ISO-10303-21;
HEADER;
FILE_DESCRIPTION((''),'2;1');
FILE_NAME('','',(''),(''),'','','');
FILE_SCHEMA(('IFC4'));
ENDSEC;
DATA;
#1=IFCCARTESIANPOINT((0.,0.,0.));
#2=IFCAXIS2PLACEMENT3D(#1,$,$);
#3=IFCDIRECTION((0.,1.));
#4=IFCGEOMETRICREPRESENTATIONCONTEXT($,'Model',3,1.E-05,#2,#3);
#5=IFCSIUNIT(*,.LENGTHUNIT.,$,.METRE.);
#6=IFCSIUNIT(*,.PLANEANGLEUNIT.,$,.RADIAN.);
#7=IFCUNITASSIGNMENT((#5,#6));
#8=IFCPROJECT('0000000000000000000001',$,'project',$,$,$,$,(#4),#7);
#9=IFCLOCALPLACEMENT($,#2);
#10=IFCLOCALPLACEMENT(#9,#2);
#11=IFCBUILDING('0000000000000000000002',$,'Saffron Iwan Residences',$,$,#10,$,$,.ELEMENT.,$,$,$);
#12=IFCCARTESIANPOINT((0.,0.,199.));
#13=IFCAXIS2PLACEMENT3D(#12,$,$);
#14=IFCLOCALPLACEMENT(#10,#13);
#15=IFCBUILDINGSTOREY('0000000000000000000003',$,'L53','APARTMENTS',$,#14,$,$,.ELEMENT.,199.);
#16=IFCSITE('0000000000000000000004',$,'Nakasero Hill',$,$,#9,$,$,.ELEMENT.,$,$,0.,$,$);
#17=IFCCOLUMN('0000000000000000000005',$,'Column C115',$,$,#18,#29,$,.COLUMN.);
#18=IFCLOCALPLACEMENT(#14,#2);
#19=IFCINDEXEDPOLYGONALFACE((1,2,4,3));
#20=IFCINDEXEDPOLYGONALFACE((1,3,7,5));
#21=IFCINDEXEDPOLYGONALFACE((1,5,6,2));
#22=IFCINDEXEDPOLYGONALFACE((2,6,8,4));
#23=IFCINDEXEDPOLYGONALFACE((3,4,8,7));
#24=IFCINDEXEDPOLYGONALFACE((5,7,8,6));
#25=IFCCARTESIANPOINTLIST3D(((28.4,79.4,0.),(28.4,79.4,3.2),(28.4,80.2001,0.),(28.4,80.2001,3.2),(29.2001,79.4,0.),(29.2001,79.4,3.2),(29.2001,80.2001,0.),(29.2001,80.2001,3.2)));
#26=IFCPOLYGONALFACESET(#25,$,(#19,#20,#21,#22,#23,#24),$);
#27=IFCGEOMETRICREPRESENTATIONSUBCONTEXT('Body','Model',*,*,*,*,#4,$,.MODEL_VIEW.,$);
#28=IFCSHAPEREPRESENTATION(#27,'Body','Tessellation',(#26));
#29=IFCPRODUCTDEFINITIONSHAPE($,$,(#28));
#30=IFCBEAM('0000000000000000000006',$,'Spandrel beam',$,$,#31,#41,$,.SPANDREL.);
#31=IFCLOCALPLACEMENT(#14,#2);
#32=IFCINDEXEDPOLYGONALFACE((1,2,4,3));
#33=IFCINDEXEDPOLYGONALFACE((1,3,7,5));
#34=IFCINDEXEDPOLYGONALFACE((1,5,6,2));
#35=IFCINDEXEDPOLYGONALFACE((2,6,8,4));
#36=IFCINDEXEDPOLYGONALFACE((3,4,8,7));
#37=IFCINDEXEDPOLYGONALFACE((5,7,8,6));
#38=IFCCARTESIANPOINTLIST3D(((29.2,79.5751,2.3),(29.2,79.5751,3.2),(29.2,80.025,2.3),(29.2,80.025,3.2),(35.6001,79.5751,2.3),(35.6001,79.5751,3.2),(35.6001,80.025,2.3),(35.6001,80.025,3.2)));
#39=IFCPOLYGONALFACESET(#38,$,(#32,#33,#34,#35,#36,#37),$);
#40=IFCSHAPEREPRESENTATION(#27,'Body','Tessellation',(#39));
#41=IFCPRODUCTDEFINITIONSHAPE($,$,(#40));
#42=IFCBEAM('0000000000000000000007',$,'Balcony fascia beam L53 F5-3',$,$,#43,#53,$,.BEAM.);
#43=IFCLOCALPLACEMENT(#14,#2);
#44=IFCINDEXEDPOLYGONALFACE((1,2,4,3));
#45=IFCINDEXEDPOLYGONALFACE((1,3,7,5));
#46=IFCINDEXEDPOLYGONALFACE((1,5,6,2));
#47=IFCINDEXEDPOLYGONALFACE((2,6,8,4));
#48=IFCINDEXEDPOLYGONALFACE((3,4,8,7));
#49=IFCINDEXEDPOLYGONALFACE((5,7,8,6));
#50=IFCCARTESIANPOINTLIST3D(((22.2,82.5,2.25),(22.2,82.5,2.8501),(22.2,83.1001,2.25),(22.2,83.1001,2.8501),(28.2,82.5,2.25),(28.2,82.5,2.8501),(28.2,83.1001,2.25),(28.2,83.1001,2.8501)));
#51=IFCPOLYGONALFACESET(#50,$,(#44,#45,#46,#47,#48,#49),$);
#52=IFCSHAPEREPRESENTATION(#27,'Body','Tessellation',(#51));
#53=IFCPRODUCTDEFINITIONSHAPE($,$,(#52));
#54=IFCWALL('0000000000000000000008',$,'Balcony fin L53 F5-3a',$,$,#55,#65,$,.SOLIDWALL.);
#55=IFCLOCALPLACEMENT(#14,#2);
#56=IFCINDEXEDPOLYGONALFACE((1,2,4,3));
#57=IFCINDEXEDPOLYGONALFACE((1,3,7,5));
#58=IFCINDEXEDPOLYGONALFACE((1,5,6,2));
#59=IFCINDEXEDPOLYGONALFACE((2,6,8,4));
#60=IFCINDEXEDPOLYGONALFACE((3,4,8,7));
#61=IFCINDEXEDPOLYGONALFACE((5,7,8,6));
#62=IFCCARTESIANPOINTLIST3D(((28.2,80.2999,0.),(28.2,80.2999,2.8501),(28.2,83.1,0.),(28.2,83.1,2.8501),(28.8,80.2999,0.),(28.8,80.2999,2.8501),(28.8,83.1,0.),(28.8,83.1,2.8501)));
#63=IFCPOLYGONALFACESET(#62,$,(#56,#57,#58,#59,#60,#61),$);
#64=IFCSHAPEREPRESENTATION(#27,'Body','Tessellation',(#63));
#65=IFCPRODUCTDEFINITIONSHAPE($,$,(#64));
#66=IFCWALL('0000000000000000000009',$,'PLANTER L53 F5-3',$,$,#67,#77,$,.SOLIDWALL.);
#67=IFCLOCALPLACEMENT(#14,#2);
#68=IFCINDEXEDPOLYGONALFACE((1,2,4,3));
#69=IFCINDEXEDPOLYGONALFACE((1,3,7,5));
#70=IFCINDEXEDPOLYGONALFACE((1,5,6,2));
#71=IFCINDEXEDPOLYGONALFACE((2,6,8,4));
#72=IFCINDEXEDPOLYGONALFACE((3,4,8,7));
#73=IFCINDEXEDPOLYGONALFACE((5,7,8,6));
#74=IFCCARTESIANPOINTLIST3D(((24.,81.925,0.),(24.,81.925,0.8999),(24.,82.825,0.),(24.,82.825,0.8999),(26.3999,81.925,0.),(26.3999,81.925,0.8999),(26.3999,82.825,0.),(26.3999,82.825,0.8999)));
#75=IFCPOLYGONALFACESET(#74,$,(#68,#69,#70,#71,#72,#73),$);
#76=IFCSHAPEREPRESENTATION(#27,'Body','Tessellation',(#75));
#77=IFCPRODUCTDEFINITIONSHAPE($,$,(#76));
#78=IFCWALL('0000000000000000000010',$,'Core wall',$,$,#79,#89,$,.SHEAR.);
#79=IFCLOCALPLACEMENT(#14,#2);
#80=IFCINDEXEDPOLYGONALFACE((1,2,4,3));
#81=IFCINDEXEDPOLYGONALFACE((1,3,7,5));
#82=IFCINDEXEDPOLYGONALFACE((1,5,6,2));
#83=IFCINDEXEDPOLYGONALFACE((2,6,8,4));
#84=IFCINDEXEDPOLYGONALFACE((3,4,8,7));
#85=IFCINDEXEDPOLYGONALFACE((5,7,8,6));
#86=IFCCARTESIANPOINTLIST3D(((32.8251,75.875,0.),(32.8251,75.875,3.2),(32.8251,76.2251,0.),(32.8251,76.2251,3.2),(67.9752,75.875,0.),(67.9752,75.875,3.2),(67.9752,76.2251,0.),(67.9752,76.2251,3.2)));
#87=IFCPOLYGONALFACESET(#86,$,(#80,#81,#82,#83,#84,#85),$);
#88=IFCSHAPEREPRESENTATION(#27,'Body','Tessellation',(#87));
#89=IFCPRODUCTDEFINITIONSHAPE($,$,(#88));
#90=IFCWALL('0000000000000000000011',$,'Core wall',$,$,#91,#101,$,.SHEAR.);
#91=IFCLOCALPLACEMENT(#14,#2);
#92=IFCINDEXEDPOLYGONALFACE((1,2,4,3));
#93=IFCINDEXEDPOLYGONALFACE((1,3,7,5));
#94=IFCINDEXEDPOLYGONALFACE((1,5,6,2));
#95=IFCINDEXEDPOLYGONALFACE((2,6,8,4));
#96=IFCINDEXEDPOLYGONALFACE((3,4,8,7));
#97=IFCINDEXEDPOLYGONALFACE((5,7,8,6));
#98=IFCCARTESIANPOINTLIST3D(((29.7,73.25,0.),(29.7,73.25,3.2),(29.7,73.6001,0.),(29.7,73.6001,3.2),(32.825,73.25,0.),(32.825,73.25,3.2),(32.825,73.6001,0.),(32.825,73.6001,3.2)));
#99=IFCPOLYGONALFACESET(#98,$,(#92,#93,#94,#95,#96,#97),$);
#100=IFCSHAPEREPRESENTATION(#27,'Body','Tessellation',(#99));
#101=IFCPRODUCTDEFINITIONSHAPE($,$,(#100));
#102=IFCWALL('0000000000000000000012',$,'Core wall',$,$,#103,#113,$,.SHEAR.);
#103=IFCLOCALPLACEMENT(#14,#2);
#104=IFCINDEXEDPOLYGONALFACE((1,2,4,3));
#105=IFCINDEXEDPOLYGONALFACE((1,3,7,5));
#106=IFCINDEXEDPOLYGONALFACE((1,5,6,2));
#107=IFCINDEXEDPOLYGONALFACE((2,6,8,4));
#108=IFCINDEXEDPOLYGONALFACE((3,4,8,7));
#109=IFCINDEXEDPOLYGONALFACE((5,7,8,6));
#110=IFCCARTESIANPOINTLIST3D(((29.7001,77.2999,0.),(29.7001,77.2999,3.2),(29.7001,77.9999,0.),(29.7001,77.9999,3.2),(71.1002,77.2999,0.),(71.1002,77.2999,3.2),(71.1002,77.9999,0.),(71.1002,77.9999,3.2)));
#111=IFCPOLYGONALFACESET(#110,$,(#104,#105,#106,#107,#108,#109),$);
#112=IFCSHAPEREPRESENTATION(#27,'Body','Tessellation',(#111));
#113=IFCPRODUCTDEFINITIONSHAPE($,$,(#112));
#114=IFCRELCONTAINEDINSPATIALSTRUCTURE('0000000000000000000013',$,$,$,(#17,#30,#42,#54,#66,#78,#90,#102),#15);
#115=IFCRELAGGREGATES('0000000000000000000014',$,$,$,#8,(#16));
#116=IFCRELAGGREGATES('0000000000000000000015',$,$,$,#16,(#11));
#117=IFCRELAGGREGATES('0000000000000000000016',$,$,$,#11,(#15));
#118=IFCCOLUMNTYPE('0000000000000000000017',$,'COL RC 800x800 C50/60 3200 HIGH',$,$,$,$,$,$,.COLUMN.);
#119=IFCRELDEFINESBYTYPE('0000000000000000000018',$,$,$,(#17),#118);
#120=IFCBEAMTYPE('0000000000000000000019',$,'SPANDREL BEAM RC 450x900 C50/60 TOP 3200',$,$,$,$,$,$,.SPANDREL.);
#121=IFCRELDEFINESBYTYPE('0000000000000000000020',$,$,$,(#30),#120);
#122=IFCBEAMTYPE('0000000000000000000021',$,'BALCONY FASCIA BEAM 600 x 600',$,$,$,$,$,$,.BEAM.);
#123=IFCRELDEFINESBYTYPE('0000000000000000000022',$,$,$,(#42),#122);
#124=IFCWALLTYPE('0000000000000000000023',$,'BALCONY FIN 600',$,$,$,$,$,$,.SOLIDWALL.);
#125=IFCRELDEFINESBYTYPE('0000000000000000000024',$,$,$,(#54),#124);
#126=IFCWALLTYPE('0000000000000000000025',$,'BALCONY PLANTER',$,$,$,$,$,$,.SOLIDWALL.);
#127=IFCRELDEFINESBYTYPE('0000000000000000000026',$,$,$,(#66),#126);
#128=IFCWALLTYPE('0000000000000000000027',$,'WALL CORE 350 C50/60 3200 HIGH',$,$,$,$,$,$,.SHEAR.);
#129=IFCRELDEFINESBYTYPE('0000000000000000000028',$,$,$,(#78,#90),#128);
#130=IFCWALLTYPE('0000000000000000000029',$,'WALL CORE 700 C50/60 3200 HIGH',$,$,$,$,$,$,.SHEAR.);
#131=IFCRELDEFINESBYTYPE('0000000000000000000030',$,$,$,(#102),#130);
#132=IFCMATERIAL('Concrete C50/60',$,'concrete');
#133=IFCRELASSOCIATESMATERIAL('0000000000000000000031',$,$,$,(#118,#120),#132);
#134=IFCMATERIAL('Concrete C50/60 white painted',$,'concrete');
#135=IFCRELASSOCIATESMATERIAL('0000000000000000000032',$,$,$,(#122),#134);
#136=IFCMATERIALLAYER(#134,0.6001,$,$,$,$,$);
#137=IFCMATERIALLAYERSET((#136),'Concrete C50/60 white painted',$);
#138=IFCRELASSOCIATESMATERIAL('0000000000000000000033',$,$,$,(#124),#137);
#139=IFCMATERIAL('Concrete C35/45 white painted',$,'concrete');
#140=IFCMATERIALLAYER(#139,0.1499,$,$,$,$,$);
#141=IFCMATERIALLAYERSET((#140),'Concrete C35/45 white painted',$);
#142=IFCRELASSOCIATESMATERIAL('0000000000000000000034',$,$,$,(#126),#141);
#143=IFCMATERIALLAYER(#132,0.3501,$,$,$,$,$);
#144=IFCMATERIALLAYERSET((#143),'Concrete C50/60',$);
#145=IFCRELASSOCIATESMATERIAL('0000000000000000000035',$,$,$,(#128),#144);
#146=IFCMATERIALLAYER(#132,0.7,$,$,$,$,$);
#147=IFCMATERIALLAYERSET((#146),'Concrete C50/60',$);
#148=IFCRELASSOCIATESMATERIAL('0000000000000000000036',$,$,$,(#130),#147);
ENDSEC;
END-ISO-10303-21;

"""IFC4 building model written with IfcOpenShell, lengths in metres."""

from ifc_helpers import new_model, si_unit, direction, frame, frame_2d, origin, origin_2d, place, context, subcontext, project, spatial, rectangle, extrude, source, transform, mapped, material, layer, layer_set, material_profile, profile_set, type_object, element, save


model = new_model("IFC4")

# Units and contexts
model_context = context("Model", 3, precision=1e-05, world=origin(), true_north=direction((0.0, 1.0)))
body_context = subcontext(model_context, "Body", "Model", "MODEL_VIEW")
ifc_project = project(units=[si_unit("LENGTHUNIT", "METRE"), si_unit("PLANEANGLEUNIT", "RADIAN")], contexts=[model_context])

# Site, building, storey
site_placement = place(None, origin())
site = spatial("IfcSite", under=ifc_project, at=site_placement, Name="Nakasero Hill", CompositionType="ELEMENT", RefElevation=0.0)
building_placement = place(site_placement, origin())
building = spatial("IfcBuilding", under=site, at=building_placement, Name="Saffron Iwan Residences", CompositionType="ELEMENT")
storey_placement = place(building_placement, frame((0.0, 0.0, 199.0)))
storey = spatial("IfcBuildingStorey", under=building, at=storey_placement, Name="L53", Description="APARTMENTS", CompositionType="ELEMENT", Elevation=199.0)

# Column
ifc_material_1 = material(Name="Concrete C50/60", Category="concrete")
ifc_material_profile_1 = material_profile(ifc_material_1, rectangle(XDim=0.8, YDim=0.8, at=origin_2d()), Name="RC 800x800")
ifc_profile_set_1 = profile_set([ifc_material_profile_1], Name="Concrete C50/60")
column_type = type_object("IfcColumnType", Name="COL RC 800x800 C50/60 3200 HIGH", PredefinedType="COLUMN", material=ifc_profile_set_1)
shared_shape_1 = source(origin(), body_context, "Body", "SweptSolid", [
    extrude(rectangle(XDim=0.8, YDim=0.8, at=origin_2d()), origin(), (0.0, 0.0, 1.0), 3.2),
])
column_placement = place(storey_placement, frame((28.8, 79.8, 0.0), z_axis=(0.0, 0.0, 1.0), x_axis=(1.0, 0.0, 0.0)))
element("IfcColumn", 1, at=column_placement, inside=storey, type_object=column_type, Name="Column C115", PredefinedType="COLUMN", context=body_context, shape_type="MappedRepresentation", body=[
    mapped(shared_shape_1, transform((0.0, 0.0, 0.0))),
])

# Beams
ifc_material_profile_2 = material_profile(ifc_material_1, rectangle(XDim=0.45, YDim=0.8999, at=origin_2d()), Name="RC 450x900")
ifc_profile_set_2 = profile_set([ifc_material_profile_2], Name="Concrete C50/60")
beam_type_1 = type_object("IfcBeamType", Name="SPANDREL BEAM RC 450x900 C50/60 TOP 3200", PredefinedType="SPANDREL", material=ifc_profile_set_2)
shared_shape_2 = source(origin(), body_context, "Body", "SweptSolid", [
    extrude(rectangle(XDim=0.45, YDim=0.8999, at=origin_2d()), origin(), (0.0, 0.0, 1.0), 6.4001),
])
beam_1_placement = place(storey_placement, frame((29.2, 79.8, 2.75), z_axis=(1.0, 0.0, 0.0), x_axis=(0.0, 1.0, 0.0)))
element("IfcBeam", 2, at=beam_1_placement, inside=storey, type_object=beam_type_1, Name="Spandrel beam", PredefinedType="SPANDREL", context=body_context, shape_type="MappedRepresentation", body=[
    mapped(shared_shape_2, transform((0.0, 0.0, 0.0))),
])
ifc_material_2 = material(Name="Concrete C50/60 white painted", Category="concrete")
ifc_material_profile_3 = material_profile(ifc_material_2, rectangle(XDim=0.6001, YDim=0.6001, at=origin_2d()), Name="BALCONY FASCIA BEAM 600 x 600")
ifc_profile_set_3 = profile_set([ifc_material_profile_3], Name="Concrete C50/60 white painted")
beam_type_2 = type_object("IfcBeamType", Name="BALCONY FASCIA BEAM 600 x 600", PredefinedType="BEAM", material=ifc_profile_set_3)
shared_shape_3 = source(origin(), body_context, "Body", "SweptSolid", [
    extrude(rectangle(XDim=0.6001, YDim=0.6001, at=origin_2d()), origin(), (0.0, 0.0, 1.0), 6.0),
])
beam_2_placement = place(storey_placement, frame((28.2, 82.8, 2.55), z_axis=(-1.0, 0.0, 0.0), x_axis=(0.0, -1.0, 0.0)))
element("IfcBeam", 3, at=beam_2_placement, inside=storey, type_object=beam_type_2, Name="Balcony fascia beam L53 F5-3", PredefinedType="BEAM", context=body_context, shape_type="MappedRepresentation", body=[
    mapped(shared_shape_3, transform((0.0, 0.0, 0.0))),
])

# Walls
ifc_layer_1 = layer(ifc_material_2, 0.6001)
ifc_layer_set_1 = layer_set([ifc_layer_1], Name="Concrete C50/60 white painted")
wall_type_1 = type_object("IfcWallType", Name="BALCONY FIN 600", PredefinedType="SOLIDWALL", material=ifc_layer_set_1)
wall_1_placement = place(storey_placement, frame((28.5, 80.3, 0.0), z_axis=(0.0, 0.0, 1.0), x_axis=(0.0, 1.0, 0.0)))
element("IfcWall", 4, at=wall_1_placement, inside=storey, type_object=wall_type_1, Name="Balcony fin L53 F5-3a", PredefinedType="SOLIDWALL", context=body_context, shape_type="SweptSolid", body=[
    extrude(rectangle(XDim=2.8, YDim=0.6001, at=frame_2d((1.3999, 0.0))), origin(), (0.0, 0.0, 1.0), 2.8501),
])
ifc_material_3 = material(Name="Concrete C35/45 white painted", Category="concrete")
ifc_layer_2 = layer(ifc_material_3, 0.1499)
ifc_layer_set_2 = layer_set([ifc_layer_2], Name="Concrete C35/45 white painted")
wall_type_2 = type_object("IfcWallType", Name="BALCONY PLANTER", PredefinedType="SOLIDWALL", material=ifc_layer_set_2)
wall_2_placement = place(storey_placement, frame((26.3999, 82.375, 0.0), z_axis=(0.0, 0.0, 1.0), x_axis=(-1.0, 0.0, 0.0)))
element("IfcWall", 5, at=wall_2_placement, inside=storey, type_object=wall_type_2, Name="PLANTER L53 F5-3", PredefinedType="SOLIDWALL", context=body_context, shape_type="SweptSolid", body=[
    extrude(rectangle(XDim=2.3999, YDim=0.8999, at=frame_2d((1.2, 0.0))), origin(), (0.0, 0.0, 1.0), 0.8999),
])

# Shared definitions
ifc_layer_3 = layer(ifc_material_1, 0.3501)
ifc_layer_set_3 = layer_set([ifc_layer_3], Name="Concrete C50/60")
wall_type_3 = type_object("IfcWallType", Name="WALL CORE 350 C50/60 3200 HIGH", PredefinedType="SHEAR", material=ifc_layer_set_3)

# Walls
wall_3_placement = place(storey_placement, frame((32.825, 76.05, 0.0), z_axis=(0.0, 0.0, 1.0), x_axis=(1.0, 0.0, 0.0)))
element("IfcWall", 6, at=wall_3_placement, inside=storey, type_object=wall_type_3, Name="Core wall", PredefinedType="SHEAR", context=body_context, shape_type="SweptSolid", body=[
    extrude(rectangle(XDim=35.1501, YDim=0.3501, at=frame_2d((17.5752, 0.0))), origin(), (0.0, 0.0, 1.0), 3.2),
])
wall_4_placement = place(storey_placement, frame((29.7, 73.425, 0.0), z_axis=(0.0, 0.0, 1.0), x_axis=(1.0, 0.0, 0.0)))
element("IfcWall", 7, at=wall_4_placement, inside=storey, type_object=wall_type_3, Name="Core wall", PredefinedType="SHEAR", context=body_context, shape_type="SweptSolid", body=[
    extrude(rectangle(XDim=3.125, YDim=0.3501, at=frame_2d((1.5625, 0.0))), origin(), (0.0, 0.0, 1.0), 3.2),
])
ifc_layer_4 = layer(ifc_material_1, 0.7)
ifc_layer_set_4 = layer_set([ifc_layer_4], Name="Concrete C50/60")
wall_type_4 = type_object("IfcWallType", Name="WALL CORE 700 C50/60 3200 HIGH", PredefinedType="SHEAR", material=ifc_layer_set_4)
wall_5_placement = place(storey_placement, frame((29.7, 77.6499, 0.0), z_axis=(0.0, 0.0, 1.0), x_axis=(1.0, 0.0, 0.0)))
element("IfcWall", 8, at=wall_5_placement, inside=storey, type_object=wall_type_4, Name="Core wall", PredefinedType="SHEAR", context=body_context, shape_type="SweptSolid", body=[
    extrude(rectangle(XDim=41.4001, YDim=0.7, at=frame_2d((20.7002, 0.0))), origin(), (0.0, 0.0, 1.0), 3.2),
])

save(model, "model.ifc")
